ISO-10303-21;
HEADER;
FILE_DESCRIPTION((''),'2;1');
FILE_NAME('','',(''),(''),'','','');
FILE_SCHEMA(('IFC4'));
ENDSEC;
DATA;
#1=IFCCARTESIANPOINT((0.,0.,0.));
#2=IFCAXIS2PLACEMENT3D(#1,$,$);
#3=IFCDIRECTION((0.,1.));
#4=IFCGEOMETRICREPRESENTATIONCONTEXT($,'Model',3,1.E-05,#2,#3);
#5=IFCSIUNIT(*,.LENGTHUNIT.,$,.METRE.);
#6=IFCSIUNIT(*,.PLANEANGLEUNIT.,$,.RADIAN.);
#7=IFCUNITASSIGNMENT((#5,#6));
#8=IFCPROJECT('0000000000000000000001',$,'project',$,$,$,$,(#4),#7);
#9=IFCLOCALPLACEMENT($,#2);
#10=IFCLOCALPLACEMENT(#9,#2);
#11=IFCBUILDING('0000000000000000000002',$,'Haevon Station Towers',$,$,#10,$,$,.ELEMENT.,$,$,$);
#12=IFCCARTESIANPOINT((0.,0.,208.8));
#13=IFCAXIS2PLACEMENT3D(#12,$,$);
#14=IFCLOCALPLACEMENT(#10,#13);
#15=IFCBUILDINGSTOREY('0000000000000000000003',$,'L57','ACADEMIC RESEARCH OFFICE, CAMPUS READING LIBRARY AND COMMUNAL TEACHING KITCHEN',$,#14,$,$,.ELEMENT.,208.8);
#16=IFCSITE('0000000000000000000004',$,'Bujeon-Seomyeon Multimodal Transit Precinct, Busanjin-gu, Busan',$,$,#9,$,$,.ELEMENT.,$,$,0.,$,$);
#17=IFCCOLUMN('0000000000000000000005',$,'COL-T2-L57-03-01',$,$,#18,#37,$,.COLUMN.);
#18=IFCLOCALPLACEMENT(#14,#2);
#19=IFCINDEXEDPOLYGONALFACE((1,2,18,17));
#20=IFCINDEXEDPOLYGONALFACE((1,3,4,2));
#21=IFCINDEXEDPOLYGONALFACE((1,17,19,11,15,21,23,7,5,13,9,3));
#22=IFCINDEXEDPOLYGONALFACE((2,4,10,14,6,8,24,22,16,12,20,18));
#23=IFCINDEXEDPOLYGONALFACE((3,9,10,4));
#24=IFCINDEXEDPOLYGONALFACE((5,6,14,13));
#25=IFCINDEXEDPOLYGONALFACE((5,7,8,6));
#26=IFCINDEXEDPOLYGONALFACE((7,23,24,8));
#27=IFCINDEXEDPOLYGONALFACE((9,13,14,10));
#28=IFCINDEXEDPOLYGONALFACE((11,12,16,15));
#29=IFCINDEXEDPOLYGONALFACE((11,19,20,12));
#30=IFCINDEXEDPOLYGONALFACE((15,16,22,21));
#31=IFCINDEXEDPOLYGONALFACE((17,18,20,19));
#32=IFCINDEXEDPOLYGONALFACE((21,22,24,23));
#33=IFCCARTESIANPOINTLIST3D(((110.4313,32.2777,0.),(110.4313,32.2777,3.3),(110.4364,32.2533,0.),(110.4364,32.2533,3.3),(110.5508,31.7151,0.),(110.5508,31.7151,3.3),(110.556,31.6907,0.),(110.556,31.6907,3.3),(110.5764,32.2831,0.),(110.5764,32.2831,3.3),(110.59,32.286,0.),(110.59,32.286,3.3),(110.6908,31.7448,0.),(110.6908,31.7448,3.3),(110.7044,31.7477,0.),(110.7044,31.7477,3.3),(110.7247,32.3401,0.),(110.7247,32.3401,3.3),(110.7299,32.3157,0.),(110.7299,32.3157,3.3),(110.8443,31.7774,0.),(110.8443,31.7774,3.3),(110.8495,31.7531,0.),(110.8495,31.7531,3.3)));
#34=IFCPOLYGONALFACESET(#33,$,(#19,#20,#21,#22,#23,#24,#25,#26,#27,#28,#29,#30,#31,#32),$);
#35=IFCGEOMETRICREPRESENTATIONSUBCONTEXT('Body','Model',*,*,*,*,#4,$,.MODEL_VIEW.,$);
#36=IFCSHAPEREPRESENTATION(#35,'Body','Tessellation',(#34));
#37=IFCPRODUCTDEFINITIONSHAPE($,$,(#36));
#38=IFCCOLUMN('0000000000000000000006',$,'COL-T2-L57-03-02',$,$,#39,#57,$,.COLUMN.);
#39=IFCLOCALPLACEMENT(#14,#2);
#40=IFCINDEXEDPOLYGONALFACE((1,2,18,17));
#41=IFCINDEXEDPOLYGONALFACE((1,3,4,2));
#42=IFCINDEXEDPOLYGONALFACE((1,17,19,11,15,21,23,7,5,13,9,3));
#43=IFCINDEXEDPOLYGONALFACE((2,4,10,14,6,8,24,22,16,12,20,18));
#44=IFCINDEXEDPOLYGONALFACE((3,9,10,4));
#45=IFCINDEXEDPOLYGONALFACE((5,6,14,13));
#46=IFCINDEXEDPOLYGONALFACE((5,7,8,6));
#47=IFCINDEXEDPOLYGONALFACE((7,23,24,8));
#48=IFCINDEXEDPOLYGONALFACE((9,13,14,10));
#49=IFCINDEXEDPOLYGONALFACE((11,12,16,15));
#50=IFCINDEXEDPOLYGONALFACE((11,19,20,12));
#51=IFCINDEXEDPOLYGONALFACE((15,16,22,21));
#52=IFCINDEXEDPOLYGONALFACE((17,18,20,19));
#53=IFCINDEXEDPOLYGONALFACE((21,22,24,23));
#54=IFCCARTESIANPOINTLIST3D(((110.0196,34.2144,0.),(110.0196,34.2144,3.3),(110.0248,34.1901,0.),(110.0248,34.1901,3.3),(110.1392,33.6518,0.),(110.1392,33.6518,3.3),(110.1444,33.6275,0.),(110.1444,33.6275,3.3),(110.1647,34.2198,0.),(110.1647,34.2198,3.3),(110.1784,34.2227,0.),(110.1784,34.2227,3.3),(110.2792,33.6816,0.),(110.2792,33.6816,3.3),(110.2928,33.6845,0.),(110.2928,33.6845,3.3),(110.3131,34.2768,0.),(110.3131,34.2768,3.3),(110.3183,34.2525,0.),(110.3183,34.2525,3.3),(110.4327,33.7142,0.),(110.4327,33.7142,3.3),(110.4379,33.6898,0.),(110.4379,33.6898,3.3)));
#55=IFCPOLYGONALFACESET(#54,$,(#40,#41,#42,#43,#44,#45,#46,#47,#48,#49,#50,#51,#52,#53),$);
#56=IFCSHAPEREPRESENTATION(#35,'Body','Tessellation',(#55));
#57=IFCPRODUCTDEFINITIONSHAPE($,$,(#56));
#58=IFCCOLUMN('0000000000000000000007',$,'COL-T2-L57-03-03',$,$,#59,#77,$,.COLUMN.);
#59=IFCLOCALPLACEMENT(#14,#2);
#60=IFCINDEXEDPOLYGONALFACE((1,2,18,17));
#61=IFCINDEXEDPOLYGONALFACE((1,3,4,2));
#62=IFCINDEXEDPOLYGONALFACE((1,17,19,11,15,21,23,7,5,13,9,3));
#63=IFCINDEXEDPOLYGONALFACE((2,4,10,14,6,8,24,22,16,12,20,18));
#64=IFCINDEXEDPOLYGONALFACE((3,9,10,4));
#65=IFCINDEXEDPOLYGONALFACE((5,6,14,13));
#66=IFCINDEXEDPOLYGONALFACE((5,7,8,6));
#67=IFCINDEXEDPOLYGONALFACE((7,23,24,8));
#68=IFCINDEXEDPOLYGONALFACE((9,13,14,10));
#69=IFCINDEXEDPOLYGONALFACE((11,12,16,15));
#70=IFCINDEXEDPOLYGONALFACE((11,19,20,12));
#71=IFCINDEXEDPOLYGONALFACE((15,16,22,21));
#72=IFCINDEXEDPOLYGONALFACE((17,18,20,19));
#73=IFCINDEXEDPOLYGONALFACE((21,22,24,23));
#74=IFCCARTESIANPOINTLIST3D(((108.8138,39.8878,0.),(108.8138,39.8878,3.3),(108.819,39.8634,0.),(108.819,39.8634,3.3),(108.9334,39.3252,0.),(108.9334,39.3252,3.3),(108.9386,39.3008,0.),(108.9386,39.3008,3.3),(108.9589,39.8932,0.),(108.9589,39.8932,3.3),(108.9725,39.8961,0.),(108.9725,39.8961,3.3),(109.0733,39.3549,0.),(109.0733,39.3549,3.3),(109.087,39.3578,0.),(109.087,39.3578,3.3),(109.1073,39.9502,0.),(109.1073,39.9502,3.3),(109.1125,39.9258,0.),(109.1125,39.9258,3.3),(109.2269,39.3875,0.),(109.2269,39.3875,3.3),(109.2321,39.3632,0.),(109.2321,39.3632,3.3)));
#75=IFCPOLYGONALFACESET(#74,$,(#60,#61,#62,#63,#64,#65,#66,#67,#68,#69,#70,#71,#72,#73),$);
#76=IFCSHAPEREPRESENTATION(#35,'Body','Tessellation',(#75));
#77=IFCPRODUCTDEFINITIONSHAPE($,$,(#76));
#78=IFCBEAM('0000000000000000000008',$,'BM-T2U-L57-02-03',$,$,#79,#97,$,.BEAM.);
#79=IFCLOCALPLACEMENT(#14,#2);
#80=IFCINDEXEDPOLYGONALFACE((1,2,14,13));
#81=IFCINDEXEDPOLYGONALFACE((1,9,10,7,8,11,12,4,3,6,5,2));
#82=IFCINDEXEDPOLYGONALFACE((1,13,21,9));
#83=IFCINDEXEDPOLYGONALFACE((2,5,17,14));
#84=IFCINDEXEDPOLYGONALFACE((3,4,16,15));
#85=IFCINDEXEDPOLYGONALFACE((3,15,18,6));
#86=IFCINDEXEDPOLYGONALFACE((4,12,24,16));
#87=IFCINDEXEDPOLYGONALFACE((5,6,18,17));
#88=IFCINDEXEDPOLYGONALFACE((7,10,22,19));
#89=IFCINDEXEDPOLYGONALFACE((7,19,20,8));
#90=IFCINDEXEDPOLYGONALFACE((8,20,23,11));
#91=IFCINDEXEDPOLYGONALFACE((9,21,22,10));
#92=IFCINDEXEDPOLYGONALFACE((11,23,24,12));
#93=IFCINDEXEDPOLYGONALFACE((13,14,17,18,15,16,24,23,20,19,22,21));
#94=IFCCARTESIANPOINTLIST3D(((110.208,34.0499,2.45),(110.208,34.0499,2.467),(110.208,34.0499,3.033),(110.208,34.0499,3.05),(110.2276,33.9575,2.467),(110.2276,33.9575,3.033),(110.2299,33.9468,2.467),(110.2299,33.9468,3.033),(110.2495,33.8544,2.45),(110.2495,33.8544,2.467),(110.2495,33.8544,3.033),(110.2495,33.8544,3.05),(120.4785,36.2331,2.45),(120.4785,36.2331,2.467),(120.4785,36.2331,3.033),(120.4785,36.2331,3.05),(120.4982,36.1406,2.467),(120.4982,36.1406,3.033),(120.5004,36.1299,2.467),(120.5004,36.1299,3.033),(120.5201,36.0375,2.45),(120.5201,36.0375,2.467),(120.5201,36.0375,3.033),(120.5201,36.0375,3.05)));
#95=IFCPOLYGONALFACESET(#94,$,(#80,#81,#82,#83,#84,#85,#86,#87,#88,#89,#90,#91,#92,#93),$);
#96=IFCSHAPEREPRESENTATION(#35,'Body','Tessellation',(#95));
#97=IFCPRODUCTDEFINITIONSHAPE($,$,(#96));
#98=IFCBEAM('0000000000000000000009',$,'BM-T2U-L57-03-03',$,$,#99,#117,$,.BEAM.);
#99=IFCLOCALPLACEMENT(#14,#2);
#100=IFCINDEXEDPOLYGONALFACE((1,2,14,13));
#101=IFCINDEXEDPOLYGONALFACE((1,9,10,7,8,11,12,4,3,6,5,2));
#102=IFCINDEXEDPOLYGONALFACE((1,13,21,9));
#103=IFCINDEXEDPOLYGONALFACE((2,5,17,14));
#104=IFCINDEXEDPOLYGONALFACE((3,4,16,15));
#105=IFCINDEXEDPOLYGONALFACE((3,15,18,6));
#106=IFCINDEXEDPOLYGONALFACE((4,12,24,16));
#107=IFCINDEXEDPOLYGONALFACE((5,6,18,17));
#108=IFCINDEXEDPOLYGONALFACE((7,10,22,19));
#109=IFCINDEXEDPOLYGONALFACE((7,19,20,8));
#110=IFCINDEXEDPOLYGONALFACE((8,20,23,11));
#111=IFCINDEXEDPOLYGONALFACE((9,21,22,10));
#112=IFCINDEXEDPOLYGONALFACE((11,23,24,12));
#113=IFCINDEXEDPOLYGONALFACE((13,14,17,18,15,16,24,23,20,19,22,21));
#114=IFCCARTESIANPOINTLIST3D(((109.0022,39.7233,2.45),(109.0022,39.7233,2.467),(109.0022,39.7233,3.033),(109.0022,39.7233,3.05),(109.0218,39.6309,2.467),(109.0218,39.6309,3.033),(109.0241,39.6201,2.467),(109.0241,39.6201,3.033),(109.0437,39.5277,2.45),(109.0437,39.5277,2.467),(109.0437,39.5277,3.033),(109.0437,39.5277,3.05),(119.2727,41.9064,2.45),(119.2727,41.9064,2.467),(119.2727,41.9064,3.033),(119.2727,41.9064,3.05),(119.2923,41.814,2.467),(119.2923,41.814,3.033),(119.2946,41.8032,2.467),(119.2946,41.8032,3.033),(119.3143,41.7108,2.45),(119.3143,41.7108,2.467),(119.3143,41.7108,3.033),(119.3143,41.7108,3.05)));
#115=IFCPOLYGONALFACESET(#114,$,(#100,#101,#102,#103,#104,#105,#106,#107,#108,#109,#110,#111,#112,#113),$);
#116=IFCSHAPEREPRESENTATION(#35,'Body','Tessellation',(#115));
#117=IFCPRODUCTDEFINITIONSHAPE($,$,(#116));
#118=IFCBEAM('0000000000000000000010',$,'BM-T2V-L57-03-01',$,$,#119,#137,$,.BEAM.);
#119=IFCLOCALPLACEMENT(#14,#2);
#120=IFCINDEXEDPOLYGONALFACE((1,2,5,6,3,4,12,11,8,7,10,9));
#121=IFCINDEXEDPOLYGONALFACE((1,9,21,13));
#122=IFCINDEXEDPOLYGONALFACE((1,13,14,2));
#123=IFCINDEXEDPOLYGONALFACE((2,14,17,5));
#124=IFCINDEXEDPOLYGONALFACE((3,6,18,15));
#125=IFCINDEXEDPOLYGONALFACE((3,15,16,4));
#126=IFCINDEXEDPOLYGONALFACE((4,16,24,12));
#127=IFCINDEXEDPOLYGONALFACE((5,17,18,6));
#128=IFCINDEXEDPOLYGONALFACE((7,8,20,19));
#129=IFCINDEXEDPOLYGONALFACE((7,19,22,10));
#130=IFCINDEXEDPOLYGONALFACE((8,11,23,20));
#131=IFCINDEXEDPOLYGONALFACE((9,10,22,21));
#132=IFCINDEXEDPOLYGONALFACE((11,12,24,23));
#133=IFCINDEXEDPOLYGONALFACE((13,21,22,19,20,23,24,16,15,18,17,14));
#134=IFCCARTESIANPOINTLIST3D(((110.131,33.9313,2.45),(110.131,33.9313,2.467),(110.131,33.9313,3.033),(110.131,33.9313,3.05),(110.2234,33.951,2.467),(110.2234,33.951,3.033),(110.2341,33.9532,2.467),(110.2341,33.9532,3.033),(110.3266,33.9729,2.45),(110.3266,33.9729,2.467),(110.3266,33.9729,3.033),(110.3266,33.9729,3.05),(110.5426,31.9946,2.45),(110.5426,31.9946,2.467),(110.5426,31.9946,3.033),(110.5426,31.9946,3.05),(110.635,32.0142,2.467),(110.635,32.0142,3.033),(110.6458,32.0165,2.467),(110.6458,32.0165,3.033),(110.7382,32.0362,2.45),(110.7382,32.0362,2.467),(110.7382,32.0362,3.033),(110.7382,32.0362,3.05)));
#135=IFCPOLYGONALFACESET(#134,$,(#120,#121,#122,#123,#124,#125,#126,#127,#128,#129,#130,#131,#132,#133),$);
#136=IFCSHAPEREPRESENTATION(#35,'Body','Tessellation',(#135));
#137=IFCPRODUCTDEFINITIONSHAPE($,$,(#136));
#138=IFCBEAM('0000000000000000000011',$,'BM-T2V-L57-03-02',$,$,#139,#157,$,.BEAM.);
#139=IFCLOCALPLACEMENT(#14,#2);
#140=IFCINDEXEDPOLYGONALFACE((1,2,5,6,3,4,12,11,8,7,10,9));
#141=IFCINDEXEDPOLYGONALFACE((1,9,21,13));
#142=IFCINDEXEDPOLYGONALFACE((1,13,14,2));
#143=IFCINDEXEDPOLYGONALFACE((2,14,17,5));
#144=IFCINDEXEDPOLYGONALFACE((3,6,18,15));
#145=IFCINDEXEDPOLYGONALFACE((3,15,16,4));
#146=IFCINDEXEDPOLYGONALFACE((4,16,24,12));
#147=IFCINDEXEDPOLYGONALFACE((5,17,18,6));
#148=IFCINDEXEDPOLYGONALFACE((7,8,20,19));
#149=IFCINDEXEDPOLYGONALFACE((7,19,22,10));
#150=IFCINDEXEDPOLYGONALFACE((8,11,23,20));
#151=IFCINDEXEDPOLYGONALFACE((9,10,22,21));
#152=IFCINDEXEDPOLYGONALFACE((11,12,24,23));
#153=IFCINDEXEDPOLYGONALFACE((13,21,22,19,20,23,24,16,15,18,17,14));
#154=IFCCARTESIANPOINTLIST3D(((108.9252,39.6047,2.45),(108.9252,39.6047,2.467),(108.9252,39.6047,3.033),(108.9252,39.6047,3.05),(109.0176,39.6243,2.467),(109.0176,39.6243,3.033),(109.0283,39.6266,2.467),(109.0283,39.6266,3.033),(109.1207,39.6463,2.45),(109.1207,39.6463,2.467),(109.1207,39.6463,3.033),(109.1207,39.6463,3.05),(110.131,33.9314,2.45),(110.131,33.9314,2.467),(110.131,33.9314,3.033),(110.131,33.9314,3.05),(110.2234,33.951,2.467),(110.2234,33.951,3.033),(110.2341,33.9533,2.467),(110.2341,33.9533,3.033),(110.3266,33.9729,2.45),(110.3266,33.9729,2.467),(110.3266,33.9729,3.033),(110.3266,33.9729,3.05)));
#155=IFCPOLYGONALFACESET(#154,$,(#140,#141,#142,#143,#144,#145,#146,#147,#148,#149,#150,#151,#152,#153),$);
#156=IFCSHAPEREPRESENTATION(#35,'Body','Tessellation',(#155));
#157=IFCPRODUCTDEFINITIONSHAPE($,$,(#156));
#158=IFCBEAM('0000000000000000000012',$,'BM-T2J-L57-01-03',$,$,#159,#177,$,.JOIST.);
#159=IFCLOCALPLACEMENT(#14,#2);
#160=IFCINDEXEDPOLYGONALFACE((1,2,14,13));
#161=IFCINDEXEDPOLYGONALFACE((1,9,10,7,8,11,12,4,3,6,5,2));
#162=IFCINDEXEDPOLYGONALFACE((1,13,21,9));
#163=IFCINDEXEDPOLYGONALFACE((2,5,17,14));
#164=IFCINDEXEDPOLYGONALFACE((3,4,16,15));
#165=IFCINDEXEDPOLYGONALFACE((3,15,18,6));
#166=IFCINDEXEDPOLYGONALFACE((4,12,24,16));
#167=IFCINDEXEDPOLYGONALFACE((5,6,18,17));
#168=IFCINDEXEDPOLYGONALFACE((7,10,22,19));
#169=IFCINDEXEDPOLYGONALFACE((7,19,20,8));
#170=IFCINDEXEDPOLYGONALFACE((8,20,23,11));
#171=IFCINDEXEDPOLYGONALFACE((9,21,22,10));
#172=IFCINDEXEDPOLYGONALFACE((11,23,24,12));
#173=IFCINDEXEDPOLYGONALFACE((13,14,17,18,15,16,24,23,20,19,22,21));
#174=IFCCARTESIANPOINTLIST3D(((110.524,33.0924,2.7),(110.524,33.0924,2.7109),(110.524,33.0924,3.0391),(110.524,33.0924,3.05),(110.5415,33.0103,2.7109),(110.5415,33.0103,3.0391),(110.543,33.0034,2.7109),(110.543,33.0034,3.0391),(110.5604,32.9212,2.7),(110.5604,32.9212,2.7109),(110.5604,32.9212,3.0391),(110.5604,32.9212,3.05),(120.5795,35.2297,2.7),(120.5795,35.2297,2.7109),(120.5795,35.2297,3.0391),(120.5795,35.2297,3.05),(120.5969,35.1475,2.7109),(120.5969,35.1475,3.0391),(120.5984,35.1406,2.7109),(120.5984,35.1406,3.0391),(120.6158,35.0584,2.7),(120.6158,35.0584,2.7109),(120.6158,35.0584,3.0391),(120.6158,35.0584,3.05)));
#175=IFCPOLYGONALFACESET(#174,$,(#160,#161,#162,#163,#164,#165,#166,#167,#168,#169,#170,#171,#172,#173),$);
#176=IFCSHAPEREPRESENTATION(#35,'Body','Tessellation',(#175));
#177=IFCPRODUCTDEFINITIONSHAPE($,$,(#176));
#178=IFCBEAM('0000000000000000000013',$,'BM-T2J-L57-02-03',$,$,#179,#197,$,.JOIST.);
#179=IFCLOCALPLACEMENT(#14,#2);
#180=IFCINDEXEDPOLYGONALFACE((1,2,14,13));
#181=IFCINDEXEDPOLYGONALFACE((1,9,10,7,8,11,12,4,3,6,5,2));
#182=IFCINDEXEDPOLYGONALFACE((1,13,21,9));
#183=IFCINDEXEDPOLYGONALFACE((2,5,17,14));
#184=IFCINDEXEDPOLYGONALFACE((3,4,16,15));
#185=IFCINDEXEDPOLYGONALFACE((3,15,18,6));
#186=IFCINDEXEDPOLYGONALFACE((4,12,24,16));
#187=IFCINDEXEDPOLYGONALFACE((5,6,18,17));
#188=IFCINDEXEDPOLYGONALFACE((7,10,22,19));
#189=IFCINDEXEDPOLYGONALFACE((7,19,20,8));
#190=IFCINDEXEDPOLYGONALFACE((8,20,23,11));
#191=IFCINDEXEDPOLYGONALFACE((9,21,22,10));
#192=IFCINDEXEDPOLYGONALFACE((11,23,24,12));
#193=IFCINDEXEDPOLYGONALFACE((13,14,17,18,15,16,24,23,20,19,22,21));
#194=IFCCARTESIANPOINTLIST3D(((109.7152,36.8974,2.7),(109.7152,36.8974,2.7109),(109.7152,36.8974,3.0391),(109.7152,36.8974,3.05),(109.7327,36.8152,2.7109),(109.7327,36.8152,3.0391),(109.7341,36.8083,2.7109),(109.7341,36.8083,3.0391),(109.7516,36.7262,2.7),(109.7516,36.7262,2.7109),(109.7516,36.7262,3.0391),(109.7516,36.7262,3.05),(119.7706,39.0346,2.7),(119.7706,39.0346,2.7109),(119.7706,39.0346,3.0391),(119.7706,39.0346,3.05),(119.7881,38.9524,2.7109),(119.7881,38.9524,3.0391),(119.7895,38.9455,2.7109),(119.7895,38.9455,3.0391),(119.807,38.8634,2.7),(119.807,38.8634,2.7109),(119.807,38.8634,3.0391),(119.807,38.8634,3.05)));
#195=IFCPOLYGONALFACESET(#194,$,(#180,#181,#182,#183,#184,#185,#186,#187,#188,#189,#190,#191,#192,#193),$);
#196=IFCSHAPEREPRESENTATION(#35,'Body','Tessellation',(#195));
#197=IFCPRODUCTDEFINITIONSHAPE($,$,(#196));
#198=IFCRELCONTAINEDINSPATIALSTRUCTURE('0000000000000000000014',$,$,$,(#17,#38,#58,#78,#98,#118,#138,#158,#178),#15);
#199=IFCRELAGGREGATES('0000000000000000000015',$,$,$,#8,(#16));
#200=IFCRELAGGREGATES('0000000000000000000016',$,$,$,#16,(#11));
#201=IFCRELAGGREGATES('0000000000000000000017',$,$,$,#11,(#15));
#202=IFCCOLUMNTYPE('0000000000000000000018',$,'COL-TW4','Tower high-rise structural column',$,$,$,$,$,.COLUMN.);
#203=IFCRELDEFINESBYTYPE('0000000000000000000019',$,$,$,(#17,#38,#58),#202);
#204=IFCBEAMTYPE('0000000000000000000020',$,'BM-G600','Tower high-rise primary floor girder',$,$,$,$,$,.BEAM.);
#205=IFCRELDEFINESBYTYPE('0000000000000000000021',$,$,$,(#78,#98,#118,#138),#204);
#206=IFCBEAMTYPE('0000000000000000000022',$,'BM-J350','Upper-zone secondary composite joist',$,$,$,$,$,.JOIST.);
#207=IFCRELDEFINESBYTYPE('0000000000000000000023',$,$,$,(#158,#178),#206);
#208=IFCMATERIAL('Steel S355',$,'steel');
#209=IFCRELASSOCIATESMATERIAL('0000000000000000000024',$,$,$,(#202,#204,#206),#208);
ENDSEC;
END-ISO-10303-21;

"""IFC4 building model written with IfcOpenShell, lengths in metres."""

from ifc_helpers import new_model, si_unit, direction, frame, origin, origin_2d, place, context, subcontext, project, spatial, i_section, extrude, material, material_profile, profile_set, type_object, element, save


model = new_model("IFC4")

# Units and contexts
model_context = context("Model", 3, precision=1e-05, world=origin(), true_north=direction((0.0, 1.0)))
body_context = subcontext(model_context, "Body", "Model", "MODEL_VIEW")
ifc_project = project(units=[si_unit("LENGTHUNIT", "METRE"), si_unit("PLANEANGLEUNIT", "RADIAN")], contexts=[model_context])

# Site, building, storey
site_placement = place(None, origin())
site = spatial("IfcSite", under=ifc_project, at=site_placement, Name="Bujeon-Seomyeon Multimodal Transit Precinct, Busanjin-gu, Busan", CompositionType="ELEMENT", RefElevation=0.0)
building_placement = place(site_placement, origin())
building = spatial("IfcBuilding", under=site, at=building_placement, Name="Haevon Station Towers", CompositionType="ELEMENT")
storey_placement = place(building_placement, frame((0.0, 0.0, 208.8)))
storey = spatial("IfcBuildingStorey", under=building, at=storey_placement, Name="L57", Description="ACADEMIC RESEARCH OFFICE, CAMPUS READING LIBRARY AND COMMUNAL TEACHING KITCHEN", CompositionType="ELEMENT", Elevation=208.8)

# Columns
ifc_material_1 = material(Name="Steel S355", Category="steel")
ifc_material_profile_1 = material_profile(ifc_material_1, i_section(OverallWidth=0.3, OverallDepth=0.6001, WebThickness=0.0139, FlangeThickness=0.0249, at=origin_2d()), Name="H-600x300x14x25")
ifc_profile_set_1 = profile_set([ifc_material_profile_1], Name="Steel S355")
column_type = type_object("IfcColumnType", Name="COL-TW4", Description="Tower high-rise structural column", PredefinedType="COLUMN", material=ifc_profile_set_1)
for number, where, z_axis, x_axis, name in (
    (1, (110.6404, 32.0154, 0.0), (0.0, 0.0, 1.0), (0.978148, 0.207912, 0.0), "COL-T2-L57-03-01"),
    (2, (110.2288, 33.9521, 0.0), (0.0, 0.0, 1.0), (0.978148, 0.207912, 0.0), "COL-T2-L57-03-02"),
    (3, (109.0229, 39.6255, 0.0), (0.0, 0.0, 1.0), (0.978148, 0.207912, 0.0), "COL-T2-L57-03-03"),
):
    element("IfcColumn", number, at=place(storey_placement, frame(where, z_axis=z_axis, x_axis=x_axis)), inside=storey, type_object=column_type, Name=name, PredefinedType="COLUMN", context=body_context, shape_type="SweptSolid", body=[
        extrude(i_section(OverallWidth=0.3, OverallDepth=0.6001, WebThickness=0.0139, FlangeThickness=0.0249, at=origin_2d()), origin(), (0.0, 0.0, 1.0), 3.3),
    ])

# Beams
ifc_material_profile_2 = material_profile(ifc_material_1, i_section(OverallWidth=0.2, OverallDepth=0.6001, WebThickness=0.011, FlangeThickness=0.0171, at=origin_2d()), Name="H-600x200x11x17")
ifc_profile_set_2 = profile_set([ifc_material_profile_2], Name="Steel S355")
beam_type_1 = type_object("IfcBeamType", Name="BM-G600", Description="Tower high-rise primary floor girder", PredefinedType="BEAM", material=ifc_profile_set_2)
for number, where, z_axis, x_axis, name in (
    (4, (110.2288, 33.9521, 2.75), (0.978147, 0.207915, 0.0), (-0.207915, 0.978147, 0.0), "BM-T2U-L57-02-03"),
    (5, (109.0229, 39.6255, 2.75), (0.978147, 0.207915, 0.0), (-0.207915, 0.978147, 0.0), "BM-T2U-L57-03-03"),
):
    element("IfcBeam", number, at=place(storey_placement, frame(where, z_axis=z_axis, x_axis=x_axis)), inside=storey, type_object=beam_type_1, Name=name, PredefinedType="BEAM", context=body_context, shape_type="SweptSolid", body=[
        extrude(i_section(OverallWidth=0.2, OverallDepth=0.6001, WebThickness=0.011, FlangeThickness=0.0171, at=origin_2d()), origin(), (0.0, 0.0, 1.0), 10.5),
    ])
beam_1_placement = place(storey_placement, frame((110.6404, 32.0154, 2.75), z_axis=(-0.207887, 0.978153, 0.0), x_axis=(-0.978153, -0.207887, 0.0)))
element("IfcBeam", 6, at=beam_1_placement, inside=storey, type_object=beam_type_1, Name="BM-T2V-L57-03-01", PredefinedType="BEAM", context=body_context, shape_type="SweptSolid", body=[
    extrude(i_section(OverallWidth=0.2, OverallDepth=0.6001, WebThickness=0.011, FlangeThickness=0.0171, at=origin_2d()), origin(), (0.0, 0.0, 1.0), 1.98),
])
beam_2_placement = place(storey_placement, frame((110.2288, 33.9521, 2.75), z_axis=(-0.207896, 0.978151, 0.0), x_axis=(-0.978151, -0.207896, 0.0)))
element("IfcBeam", 7, at=beam_2_placement, inside=storey, type_object=beam_type_1, Name="BM-T2V-L57-03-02", PredefinedType="BEAM", context=body_context, shape_type="SweptSolid", body=[
    extrude(i_section(OverallWidth=0.2, OverallDepth=0.6001, WebThickness=0.011, FlangeThickness=0.0171, at=origin_2d()), origin(), (0.0, 0.0, 1.0), 5.8),
])
ifc_material_profile_3 = material_profile(ifc_material_1, i_section(OverallWidth=0.175, OverallDepth=0.3501, WebThickness=0.0071, FlangeThickness=0.011, at=origin_2d()), Name="H-350x175x7x11")
ifc_profile_set_3 = profile_set([ifc_material_profile_3], Name="Steel S355")
beam_type_2 = type_object("IfcBeamType", Name="BM-J350", Description="Upper-zone secondary composite joist", PredefinedType="JOIST", material=ifc_profile_set_3)
for number, where, z_axis, x_axis, name in (
    (8, (110.5422, 33.0068, 2.875), (0.97815, 0.207899, 0.0), (-0.207899, 0.97815, 0.0), "BM-T2J-L57-01-03"),
    (9, (109.7334, 36.8118, 2.875), (0.97815, 0.207899, 0.0), (-0.207899, 0.97815, 0.0), "BM-T2J-L57-02-03"),
):
    element("IfcBeam", number, at=place(storey_placement, frame(where, z_axis=z_axis, x_axis=x_axis)), inside=storey, type_object=beam_type_2, Name=name, PredefinedType="JOIST", context=body_context, shape_type="SweptSolid", body=[
        extrude(i_section(OverallWidth=0.175, OverallDepth=0.3501, WebThickness=0.0071, FlangeThickness=0.011, at=origin_2d()), origin(), (0.0, 0.0, 1.0), 10.28),
    ])

save(model, "model.ifc")
